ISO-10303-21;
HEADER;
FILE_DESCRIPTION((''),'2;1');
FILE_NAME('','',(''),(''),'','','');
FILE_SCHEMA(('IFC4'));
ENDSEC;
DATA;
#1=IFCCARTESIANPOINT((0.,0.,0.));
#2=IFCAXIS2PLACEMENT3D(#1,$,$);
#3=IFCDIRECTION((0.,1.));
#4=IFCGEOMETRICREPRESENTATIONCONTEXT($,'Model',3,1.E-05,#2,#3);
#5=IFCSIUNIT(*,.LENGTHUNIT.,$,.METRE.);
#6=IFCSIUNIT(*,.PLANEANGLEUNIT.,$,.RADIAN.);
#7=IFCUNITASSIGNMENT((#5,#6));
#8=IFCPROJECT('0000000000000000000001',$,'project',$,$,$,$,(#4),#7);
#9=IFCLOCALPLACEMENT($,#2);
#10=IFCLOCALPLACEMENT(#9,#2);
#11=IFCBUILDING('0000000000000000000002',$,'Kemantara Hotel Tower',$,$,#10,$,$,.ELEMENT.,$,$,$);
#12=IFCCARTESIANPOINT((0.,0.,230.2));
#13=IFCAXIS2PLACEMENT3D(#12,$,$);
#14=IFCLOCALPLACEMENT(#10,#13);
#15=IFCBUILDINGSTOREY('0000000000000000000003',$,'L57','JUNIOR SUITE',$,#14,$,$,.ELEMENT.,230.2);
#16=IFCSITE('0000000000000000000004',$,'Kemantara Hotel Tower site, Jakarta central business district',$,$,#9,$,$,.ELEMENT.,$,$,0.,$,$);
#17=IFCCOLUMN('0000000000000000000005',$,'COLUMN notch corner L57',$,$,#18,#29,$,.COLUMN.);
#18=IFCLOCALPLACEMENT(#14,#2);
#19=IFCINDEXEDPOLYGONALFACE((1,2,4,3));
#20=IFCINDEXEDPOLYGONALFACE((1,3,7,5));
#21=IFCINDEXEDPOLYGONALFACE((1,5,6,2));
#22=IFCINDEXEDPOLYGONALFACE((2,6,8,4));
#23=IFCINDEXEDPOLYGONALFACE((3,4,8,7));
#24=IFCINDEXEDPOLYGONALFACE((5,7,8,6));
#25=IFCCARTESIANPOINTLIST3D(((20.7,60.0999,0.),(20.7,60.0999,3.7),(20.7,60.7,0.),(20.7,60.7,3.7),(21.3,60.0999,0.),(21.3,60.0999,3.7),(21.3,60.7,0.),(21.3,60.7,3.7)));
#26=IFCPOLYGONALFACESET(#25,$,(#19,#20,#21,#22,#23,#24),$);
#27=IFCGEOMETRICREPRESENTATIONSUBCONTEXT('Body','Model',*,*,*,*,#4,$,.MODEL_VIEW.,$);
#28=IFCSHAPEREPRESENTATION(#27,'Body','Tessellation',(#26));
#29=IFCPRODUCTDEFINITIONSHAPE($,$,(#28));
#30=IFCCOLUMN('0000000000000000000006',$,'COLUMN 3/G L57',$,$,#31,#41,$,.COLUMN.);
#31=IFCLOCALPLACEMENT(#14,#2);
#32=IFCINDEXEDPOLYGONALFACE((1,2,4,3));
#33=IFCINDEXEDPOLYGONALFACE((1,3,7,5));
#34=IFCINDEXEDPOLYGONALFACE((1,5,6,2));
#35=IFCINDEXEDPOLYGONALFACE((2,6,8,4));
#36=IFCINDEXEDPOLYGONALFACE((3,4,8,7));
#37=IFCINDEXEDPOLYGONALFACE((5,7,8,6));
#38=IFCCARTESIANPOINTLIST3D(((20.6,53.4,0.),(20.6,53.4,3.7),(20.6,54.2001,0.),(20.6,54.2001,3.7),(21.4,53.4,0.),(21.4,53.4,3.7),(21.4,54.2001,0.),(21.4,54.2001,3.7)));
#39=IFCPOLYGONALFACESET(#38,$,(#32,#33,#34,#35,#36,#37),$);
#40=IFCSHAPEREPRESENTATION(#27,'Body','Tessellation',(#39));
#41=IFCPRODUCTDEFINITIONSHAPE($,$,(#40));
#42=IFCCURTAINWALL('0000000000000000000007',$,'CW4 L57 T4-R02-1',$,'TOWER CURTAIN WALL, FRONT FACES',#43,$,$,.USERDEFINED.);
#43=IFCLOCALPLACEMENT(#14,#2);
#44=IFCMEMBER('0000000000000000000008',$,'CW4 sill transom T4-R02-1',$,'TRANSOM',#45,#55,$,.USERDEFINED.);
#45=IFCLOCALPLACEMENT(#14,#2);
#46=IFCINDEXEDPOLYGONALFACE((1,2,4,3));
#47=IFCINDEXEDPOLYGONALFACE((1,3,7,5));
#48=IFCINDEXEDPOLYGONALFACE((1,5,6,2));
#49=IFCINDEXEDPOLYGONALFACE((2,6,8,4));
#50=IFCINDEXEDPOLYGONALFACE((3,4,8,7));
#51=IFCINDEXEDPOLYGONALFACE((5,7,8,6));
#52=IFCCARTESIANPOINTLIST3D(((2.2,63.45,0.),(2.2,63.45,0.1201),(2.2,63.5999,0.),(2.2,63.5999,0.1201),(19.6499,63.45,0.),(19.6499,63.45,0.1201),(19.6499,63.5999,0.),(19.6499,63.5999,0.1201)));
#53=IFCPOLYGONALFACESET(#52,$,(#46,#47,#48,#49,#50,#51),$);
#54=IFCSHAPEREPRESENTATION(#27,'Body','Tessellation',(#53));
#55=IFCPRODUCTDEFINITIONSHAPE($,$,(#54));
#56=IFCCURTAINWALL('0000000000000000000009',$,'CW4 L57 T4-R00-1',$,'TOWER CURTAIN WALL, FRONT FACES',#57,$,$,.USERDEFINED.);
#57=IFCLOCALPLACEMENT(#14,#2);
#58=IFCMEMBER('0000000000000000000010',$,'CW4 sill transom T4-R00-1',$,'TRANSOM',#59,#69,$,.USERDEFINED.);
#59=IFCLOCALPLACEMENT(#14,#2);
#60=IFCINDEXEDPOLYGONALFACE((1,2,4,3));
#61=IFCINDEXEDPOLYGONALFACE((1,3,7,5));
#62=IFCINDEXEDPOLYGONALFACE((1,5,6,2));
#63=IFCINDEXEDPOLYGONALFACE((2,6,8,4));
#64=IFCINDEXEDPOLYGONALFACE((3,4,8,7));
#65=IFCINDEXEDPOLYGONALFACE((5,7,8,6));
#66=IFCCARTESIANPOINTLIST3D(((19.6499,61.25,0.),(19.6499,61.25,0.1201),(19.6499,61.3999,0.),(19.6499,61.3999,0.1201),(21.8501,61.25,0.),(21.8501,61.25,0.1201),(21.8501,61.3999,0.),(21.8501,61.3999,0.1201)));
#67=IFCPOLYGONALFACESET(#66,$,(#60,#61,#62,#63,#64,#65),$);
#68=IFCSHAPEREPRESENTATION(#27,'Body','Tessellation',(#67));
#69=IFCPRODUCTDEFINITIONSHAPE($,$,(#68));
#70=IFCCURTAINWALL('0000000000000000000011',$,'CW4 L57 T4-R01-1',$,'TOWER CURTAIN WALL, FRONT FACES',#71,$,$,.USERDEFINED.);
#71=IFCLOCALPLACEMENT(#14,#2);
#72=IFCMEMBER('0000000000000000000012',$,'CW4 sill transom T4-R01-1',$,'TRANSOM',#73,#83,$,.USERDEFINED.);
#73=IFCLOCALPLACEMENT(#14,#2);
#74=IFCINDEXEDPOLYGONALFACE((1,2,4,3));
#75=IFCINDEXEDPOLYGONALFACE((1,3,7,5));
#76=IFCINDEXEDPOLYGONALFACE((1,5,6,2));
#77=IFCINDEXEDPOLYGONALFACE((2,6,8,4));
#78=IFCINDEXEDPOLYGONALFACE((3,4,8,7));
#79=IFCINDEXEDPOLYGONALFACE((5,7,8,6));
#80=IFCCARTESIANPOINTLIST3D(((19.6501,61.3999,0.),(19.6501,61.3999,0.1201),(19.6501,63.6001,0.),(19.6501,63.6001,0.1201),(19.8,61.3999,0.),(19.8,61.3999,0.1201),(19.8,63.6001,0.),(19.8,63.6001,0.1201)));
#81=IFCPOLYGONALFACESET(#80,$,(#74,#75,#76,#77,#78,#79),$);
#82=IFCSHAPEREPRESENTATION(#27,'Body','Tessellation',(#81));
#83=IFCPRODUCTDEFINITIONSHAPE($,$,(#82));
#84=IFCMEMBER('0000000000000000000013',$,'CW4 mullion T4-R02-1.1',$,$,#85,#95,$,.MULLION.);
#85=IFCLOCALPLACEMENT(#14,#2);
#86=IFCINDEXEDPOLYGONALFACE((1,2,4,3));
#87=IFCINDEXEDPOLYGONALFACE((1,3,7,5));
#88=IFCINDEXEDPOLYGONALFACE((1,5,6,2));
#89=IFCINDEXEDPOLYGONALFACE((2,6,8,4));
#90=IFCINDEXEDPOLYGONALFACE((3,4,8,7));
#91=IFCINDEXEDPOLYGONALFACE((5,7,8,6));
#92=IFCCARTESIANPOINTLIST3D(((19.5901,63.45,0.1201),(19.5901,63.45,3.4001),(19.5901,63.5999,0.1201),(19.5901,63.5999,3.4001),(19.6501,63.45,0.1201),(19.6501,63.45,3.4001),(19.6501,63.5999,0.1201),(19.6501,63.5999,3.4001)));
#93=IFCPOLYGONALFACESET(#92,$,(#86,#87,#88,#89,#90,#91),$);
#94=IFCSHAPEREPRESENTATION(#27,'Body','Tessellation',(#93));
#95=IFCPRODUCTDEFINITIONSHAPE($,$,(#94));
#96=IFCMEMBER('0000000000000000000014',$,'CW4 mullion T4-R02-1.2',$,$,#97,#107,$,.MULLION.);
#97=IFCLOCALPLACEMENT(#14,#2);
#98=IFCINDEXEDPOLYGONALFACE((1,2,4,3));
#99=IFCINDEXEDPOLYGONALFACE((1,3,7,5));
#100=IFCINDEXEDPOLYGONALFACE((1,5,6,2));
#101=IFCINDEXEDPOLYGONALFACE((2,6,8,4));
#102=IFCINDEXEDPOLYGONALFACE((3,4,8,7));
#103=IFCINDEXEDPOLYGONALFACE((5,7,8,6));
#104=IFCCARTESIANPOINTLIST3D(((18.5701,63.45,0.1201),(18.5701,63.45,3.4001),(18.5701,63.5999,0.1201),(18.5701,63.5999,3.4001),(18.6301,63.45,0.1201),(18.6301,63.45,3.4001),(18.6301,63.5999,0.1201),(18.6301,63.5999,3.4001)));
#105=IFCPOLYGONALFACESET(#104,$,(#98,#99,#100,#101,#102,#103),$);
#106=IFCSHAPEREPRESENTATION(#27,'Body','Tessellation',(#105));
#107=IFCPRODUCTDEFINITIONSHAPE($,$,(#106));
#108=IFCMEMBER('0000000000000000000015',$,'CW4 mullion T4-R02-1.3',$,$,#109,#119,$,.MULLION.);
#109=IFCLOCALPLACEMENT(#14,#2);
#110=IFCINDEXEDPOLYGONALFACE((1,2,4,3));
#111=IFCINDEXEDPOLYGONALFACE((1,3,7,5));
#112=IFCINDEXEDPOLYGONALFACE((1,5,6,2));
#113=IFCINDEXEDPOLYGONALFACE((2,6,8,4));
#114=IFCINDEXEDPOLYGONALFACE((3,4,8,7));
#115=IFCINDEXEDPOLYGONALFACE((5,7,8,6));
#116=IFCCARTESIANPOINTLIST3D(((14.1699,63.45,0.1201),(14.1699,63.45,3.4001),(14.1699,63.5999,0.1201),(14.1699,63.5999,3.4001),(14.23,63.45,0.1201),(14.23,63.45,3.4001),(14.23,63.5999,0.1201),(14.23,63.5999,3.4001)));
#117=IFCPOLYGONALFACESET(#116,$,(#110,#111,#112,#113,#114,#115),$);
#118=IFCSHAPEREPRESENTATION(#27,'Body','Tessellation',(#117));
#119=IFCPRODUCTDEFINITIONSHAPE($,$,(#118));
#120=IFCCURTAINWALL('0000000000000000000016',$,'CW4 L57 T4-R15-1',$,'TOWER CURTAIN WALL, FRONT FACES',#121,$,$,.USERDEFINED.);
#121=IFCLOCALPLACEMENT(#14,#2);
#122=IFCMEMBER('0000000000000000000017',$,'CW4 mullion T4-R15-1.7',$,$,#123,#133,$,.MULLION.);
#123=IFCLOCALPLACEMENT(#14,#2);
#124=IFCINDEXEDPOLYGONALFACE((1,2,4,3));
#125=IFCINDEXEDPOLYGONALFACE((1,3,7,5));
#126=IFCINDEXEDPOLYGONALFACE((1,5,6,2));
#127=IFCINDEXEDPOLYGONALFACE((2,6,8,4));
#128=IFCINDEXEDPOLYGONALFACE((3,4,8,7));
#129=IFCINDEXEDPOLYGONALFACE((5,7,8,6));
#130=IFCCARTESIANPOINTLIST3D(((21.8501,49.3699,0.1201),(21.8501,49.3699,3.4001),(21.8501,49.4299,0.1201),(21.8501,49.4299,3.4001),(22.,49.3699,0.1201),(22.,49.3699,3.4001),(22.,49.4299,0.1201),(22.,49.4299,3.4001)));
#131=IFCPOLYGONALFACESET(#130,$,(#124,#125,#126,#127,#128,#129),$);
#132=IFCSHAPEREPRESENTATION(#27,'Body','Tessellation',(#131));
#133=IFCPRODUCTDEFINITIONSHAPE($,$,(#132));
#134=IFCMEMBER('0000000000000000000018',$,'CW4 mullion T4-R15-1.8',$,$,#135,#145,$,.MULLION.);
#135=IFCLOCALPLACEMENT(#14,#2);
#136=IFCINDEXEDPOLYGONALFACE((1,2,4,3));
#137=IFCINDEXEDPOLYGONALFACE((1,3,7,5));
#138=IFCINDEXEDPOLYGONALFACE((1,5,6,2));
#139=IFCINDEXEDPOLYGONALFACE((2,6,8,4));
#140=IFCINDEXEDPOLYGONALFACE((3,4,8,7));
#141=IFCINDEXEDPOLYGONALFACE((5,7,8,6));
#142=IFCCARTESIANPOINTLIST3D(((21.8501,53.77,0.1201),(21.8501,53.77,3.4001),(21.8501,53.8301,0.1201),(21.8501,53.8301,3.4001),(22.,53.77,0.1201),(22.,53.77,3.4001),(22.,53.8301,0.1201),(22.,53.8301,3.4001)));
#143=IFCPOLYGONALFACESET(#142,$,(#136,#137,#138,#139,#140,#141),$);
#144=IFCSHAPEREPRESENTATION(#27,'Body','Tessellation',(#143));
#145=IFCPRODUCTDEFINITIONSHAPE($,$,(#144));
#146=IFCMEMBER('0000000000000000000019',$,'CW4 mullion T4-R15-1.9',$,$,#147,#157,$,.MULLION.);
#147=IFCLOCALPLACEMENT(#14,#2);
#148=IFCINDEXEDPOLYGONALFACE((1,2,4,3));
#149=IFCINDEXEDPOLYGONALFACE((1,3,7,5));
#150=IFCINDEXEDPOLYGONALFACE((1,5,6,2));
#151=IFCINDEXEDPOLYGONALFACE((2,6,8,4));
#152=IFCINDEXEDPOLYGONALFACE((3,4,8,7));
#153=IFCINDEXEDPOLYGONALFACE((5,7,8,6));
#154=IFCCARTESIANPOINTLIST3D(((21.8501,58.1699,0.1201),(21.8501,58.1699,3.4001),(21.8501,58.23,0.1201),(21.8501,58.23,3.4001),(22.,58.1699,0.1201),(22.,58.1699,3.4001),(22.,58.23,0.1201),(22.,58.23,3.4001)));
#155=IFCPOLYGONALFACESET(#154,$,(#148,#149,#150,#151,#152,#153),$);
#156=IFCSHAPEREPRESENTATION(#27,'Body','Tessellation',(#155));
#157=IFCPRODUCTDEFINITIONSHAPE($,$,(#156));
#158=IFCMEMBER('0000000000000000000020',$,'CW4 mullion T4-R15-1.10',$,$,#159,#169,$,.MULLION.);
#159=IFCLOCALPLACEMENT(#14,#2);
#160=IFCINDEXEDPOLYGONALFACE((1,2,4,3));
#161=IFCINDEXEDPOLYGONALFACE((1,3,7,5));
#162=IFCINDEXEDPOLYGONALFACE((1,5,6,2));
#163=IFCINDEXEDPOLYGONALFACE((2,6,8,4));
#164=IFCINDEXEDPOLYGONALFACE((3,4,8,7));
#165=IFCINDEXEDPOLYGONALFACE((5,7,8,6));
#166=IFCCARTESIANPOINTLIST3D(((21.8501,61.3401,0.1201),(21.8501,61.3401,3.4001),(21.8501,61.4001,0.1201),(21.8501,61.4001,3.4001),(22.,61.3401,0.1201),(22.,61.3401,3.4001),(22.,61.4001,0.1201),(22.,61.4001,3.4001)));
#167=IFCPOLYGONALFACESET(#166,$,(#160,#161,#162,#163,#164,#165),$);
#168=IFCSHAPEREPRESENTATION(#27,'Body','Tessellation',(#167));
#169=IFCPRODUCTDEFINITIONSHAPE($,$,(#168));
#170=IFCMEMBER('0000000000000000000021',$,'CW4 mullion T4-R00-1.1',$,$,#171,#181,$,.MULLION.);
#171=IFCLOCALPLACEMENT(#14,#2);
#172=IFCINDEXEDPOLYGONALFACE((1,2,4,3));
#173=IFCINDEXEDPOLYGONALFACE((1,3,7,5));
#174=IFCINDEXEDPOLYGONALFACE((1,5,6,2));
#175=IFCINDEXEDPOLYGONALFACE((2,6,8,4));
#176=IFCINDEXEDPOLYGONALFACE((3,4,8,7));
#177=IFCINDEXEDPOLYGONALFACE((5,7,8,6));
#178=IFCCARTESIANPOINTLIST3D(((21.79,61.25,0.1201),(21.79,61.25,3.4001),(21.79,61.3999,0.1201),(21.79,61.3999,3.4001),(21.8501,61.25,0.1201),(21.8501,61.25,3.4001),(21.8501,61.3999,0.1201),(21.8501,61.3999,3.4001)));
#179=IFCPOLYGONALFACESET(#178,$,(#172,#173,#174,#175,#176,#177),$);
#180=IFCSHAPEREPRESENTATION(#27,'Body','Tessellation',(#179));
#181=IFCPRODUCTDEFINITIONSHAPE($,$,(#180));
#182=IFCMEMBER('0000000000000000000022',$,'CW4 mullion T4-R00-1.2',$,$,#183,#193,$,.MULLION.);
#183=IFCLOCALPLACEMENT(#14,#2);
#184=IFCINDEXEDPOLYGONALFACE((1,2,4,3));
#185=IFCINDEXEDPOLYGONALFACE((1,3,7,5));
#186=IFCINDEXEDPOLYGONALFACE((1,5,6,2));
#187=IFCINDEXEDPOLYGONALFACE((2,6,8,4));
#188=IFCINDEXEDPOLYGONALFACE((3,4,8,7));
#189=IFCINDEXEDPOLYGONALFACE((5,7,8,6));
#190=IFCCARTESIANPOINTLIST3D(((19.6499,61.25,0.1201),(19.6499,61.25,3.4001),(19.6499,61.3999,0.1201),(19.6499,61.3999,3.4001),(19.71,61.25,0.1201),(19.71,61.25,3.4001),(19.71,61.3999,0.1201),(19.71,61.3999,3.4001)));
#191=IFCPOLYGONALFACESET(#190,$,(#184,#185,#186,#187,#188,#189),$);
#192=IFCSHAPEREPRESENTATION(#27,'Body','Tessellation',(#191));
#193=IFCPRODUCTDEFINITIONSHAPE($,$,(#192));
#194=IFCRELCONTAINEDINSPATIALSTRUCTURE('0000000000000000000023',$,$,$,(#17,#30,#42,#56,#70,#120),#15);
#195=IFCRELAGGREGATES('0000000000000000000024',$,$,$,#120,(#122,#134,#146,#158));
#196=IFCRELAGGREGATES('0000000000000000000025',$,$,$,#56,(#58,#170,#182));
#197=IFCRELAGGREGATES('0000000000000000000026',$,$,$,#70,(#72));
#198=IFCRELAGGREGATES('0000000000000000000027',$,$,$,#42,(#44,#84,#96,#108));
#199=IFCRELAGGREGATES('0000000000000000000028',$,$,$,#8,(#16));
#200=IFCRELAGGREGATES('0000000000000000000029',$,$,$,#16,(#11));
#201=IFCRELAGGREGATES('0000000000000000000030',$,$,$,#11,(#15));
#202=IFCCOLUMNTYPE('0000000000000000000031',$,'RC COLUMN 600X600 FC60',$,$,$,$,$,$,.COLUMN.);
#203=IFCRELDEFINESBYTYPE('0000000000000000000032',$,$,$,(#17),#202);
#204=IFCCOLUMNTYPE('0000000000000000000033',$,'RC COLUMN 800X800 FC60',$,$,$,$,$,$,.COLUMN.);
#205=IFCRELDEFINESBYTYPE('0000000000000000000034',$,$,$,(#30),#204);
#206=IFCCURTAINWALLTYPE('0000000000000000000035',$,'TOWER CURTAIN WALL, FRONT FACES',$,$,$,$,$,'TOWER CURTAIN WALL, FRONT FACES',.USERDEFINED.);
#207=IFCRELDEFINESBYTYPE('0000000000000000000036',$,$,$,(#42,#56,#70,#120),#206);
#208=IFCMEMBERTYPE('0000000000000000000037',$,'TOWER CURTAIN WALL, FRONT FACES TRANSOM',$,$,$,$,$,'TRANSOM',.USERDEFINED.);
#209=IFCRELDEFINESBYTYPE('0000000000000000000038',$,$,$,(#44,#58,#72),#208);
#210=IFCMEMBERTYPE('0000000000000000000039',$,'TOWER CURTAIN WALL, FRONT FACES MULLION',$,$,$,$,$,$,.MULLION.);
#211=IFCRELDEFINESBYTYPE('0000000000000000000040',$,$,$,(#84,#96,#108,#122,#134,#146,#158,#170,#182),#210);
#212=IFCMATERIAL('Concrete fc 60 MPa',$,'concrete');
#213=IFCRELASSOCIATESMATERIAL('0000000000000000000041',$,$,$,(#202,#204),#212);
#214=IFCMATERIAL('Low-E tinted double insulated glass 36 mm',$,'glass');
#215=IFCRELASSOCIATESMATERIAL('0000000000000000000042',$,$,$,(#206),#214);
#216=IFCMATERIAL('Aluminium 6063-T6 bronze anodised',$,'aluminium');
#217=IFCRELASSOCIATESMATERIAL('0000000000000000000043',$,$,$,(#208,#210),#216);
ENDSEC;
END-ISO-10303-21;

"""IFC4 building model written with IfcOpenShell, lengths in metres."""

from ifc_helpers import new_model, si_unit, direction, frame, origin, origin_2d, place, context, subcontext, project, spatial, rectangle, extrude, source, transform, mapped, material, material_profile, profile_set, type_object, element, aggregate, save


model = new_model("IFC4")

# Units and contexts
model_context = context("Model", 3, precision=1e-05, world=origin(), true_north=direction((0.0, 1.0)))
body_context = subcontext(model_context, "Body", "Model", "MODEL_VIEW")
ifc_project = project(units=[si_unit("LENGTHUNIT", "METRE"), si_unit("PLANEANGLEUNIT", "RADIAN")], contexts=[model_context])

# Site, building, storey
site_placement = place(None, origin())
site = spatial("IfcSite", under=ifc_project, at=site_placement, Name="Kemantara Hotel Tower site, Jakarta central business district", CompositionType="ELEMENT", RefElevation=0.0)
building_placement = place(site_placement, origin())
building = spatial("IfcBuilding", under=site, at=building_placement, Name="Kemantara Hotel Tower", CompositionType="ELEMENT")
storey_placement = place(building_placement, frame((0.0, 0.0, 230.2)))
storey = spatial("IfcBuildingStorey", under=building, at=storey_placement, Name="L57", Description="JUNIOR SUITE", CompositionType="ELEMENT", Elevation=230.2)

# Columns
ifc_material_1 = material(Name="Concrete fc 60 MPa", Category="concrete")
ifc_material_profile_1 = material_profile(ifc_material_1, rectangle(XDim=0.6001, YDim=0.6001, at=origin_2d()), Name="RC 600X600")
ifc_profile_set_1 = profile_set([ifc_material_profile_1], Name="Concrete fc 60 MPa")
column_type_1 = type_object("IfcColumnType", Name="RC COLUMN 600X600 FC60", PredefinedType="COLUMN", material=ifc_profile_set_1)
column_1_placement = place(storey_placement, frame((21.0, 60.3999, 0.0), z_axis=(0.0, 0.0, 1.0), x_axis=(1.0, 0.0, 0.0)))
element("IfcColumn", 1, at=column_1_placement, inside=storey, type_object=column_type_1, Name="COLUMN notch corner L57", PredefinedType="COLUMN", context=body_context, shape_type="SweptSolid", body=[
    extrude(rectangle(XDim=0.6001, YDim=0.6001, at=origin_2d()), origin(), (0.0, 0.0, 1.0), 3.7),
])
ifc_material_profile_2 = material_profile(ifc_material_1, rectangle(XDim=0.8, YDim=0.8, at=origin_2d()), Name="RC 800X800")
ifc_profile_set_2 = profile_set([ifc_material_profile_2], Name="Concrete fc 60 MPa")
column_type_2 = type_object("IfcColumnType", Name="RC COLUMN 800X800 FC60", PredefinedType="COLUMN", material=ifc_profile_set_2)
column_2_placement = place(storey_placement, frame((21.0, 53.8, 0.0), z_axis=(0.0, 0.0, 1.0), x_axis=(1.0, 0.0, 0.0)))
element("IfcColumn", 2, at=column_2_placement, inside=storey, type_object=column_type_2, Name="COLUMN 3/G L57", PredefinedType="COLUMN", context=body_context, shape_type="SweptSolid", body=[
    extrude(rectangle(XDim=0.8, YDim=0.8, at=origin_2d()), origin(), (0.0, 0.0, 1.0), 3.7),
])

# Curtain walls, members
ifc_material_2 = material(Name="Low-E tinted double insulated glass 36 mm", Category="glass")
curtain_wall_type = type_object("IfcCurtainWallType", Name="TOWER CURTAIN WALL, FRONT FACES", ElementType="TOWER CURTAIN WALL, FRONT FACES", PredefinedType="USERDEFINED", material=ifc_material_2)
curtain_wall_1_placement = place(storey_placement, origin())
curtain_wall_1 = element("IfcCurtainWall", 3, at=curtain_wall_1_placement, inside=storey, type_object=curtain_wall_type, Name="CW4 L57 T4-R02-1", ObjectType="TOWER CURTAIN WALL, FRONT FACES", PredefinedType="USERDEFINED")
ifc_material_3 = material(Name="Aluminium 6063-T6 bronze anodised", Category="aluminium")
ifc_material_profile_3 = material_profile(ifc_material_3, rectangle(XDim=0.1499, YDim=0.1201, at=origin_2d()), Name="TOWER CURTAIN WALL, FRONT FACES TRANSOM")
ifc_profile_set_3 = profile_set([ifc_material_profile_3], Name="Aluminium 6063-T6 bronze anodised")
member_type_1 = type_object("IfcMemberType", Name="TOWER CURTAIN WALL, FRONT FACES TRANSOM", ElementType="TRANSOM", PredefinedType="USERDEFINED", material=ifc_profile_set_3)
member_1_placement = place(storey_placement, frame((19.6499, 63.5249, 0.0601), z_axis=(-1.0, 0.0, 0.0), x_axis=(0.0, -1.0, 0.0)))
member_1 = element("IfcMember", 4, at=member_1_placement, type_object=member_type_1, Name="CW4 sill transom T4-R02-1", ObjectType="TRANSOM", PredefinedType="USERDEFINED", context=body_context, shape_type="SweptSolid", body=[
    extrude(rectangle(XDim=0.1499, YDim=0.1201, at=origin_2d()), origin(), (0.0, 0.0, 1.0), 17.45),
])
curtain_wall_2_placement = place(storey_placement, origin())
curtain_wall_2 = element("IfcCurtainWall", 5, at=curtain_wall_2_placement, inside=storey, type_object=curtain_wall_type, Name="CW4 L57 T4-R00-1", ObjectType="TOWER CURTAIN WALL, FRONT FACES", PredefinedType="USERDEFINED")
member_2_placement = place(storey_placement, frame((21.8501, 61.325, 0.0601), z_axis=(-1.0, 0.0, 0.0), x_axis=(0.0, -1.0, 0.0)))
member_2 = element("IfcMember", 6, at=member_2_placement, type_object=member_type_1, Name="CW4 sill transom T4-R00-1", ObjectType="TRANSOM", PredefinedType="USERDEFINED", context=body_context, shape_type="SweptSolid", body=[
    extrude(rectangle(XDim=0.1499, YDim=0.1201, at=origin_2d()), origin(), (0.0, 0.0, 1.0), 2.2002),
])
curtain_wall_3_placement = place(storey_placement, origin())
curtain_wall_3 = element("IfcCurtainWall", 7, at=curtain_wall_3_placement, inside=storey, type_object=curtain_wall_type, Name="CW4 L57 T4-R01-1", ObjectType="TOWER CURTAIN WALL, FRONT FACES", PredefinedType="USERDEFINED")
member_3_placement = place(storey_placement, frame((19.7251, 61.3999, 0.0601), z_axis=(0.0, 1.0, 0.0), x_axis=(-1.0, 0.0, 0.0)))
member_3 = element("IfcMember", 8, at=member_3_placement, type_object=member_type_1, Name="CW4 sill transom T4-R01-1", ObjectType="TRANSOM", PredefinedType="USERDEFINED", context=body_context, shape_type="SweptSolid", body=[
    extrude(rectangle(XDim=0.1499, YDim=0.1201, at=origin_2d()), origin(), (0.0, 0.0, 1.0), 2.2002),
])

# Members
ifc_material_profile_4 = material_profile(ifc_material_3, rectangle(XDim=0.1499, YDim=0.0601, at=origin_2d()), Name="TOWER CURTAIN WALL, FRONT FACES MULLION")
ifc_profile_set_4 = profile_set([ifc_material_profile_4], Name="Aluminium 6063-T6 bronze anodised")
member_type_2 = type_object("IfcMemberType", Name="TOWER CURTAIN WALL, FRONT FACES MULLION", PredefinedType="MULLION", material=ifc_profile_set_4)
shared_shape_1 = source(origin(), body_context, "Body", "SweptSolid", [
    extrude(rectangle(XDim=0.1499, YDim=0.0601, at=origin_2d()), origin(), (0.0, 0.0, 1.0), 3.28),
])
member_4_placement = place(storey_placement, frame((19.6201, 63.5249, 0.1201), z_axis=(0.0, 0.0, 1.0), x_axis=(0.0, -1.0, 0.0)))
member_4 = element("IfcMember", 9, at=member_4_placement, type_object=member_type_2, Name="CW4 mullion T4-R02-1.1", PredefinedType="MULLION", context=body_context, shape_type="MappedRepresentation", body=[
    mapped(shared_shape_1, transform((0.0, 0.0, 0.0))),
])
member_5_placement = place(storey_placement, frame((18.6001, 63.5249, 0.1201), z_axis=(0.0, 0.0, 1.0), x_axis=(0.0, -1.0, 0.0)))
member_5 = element("IfcMember", 10, at=member_5_placement, type_object=member_type_2, Name="CW4 mullion T4-R02-1.2", PredefinedType="MULLION", context=body_context, shape_type="MappedRepresentation", body=[
    mapped(shared_shape_1, transform((0.0, 0.0, 0.0))),
])
member_6_placement = place(storey_placement, frame((14.2, 63.5249, 0.1201), z_axis=(0.0, 0.0, 1.0), x_axis=(0.0, -1.0, 0.0)))
member_6 = element("IfcMember", 11, at=member_6_placement, type_object=member_type_2, Name="CW4 mullion T4-R02-1.3", PredefinedType="MULLION", context=body_context, shape_type="MappedRepresentation", body=[
    mapped(shared_shape_1, transform((0.0, 0.0, 0.0))),
])

# Curtain wall, members
curtain_wall_4_placement = place(storey_placement, origin())
curtain_wall_4 = element("IfcCurtainWall", 12, at=curtain_wall_4_placement, inside=storey, type_object=curtain_wall_type, Name="CW4 L57 T4-R15-1", ObjectType="TOWER CURTAIN WALL, FRONT FACES", PredefinedType="USERDEFINED")
member_7_placement = place(storey_placement, frame((21.925, 49.3999, 0.1201), z_axis=(0.0, 0.0, 1.0), x_axis=(-1.0, 0.0, 0.0)))
member_7 = element("IfcMember", 13, at=member_7_placement, type_object=member_type_2, Name="CW4 mullion T4-R15-1.7", PredefinedType="MULLION", context=body_context, shape_type="MappedRepresentation", body=[
    mapped(shared_shape_1, transform((0.0, 0.0, 0.0))),
])
member_8_placement = place(storey_placement, frame((21.925, 53.8, 0.1201), z_axis=(0.0, 0.0, 1.0), x_axis=(-1.0, 0.0, 0.0)))
member_8 = element("IfcMember", 14, at=member_8_placement, type_object=member_type_2, Name="CW4 mullion T4-R15-1.8", PredefinedType="MULLION", context=body_context, shape_type="MappedRepresentation", body=[
    mapped(shared_shape_1, transform((0.0, 0.0, 0.0))),
])
member_9_placement = place(storey_placement, frame((21.925, 58.2, 0.1201), z_axis=(0.0, 0.0, 1.0), x_axis=(-1.0, 0.0, 0.0)))
member_9 = element("IfcMember", 15, at=member_9_placement, type_object=member_type_2, Name="CW4 mullion T4-R15-1.9", PredefinedType="MULLION", context=body_context, shape_type="MappedRepresentation", body=[
    mapped(shared_shape_1, transform((0.0, 0.0, 0.0))),
])
member_10_placement = place(storey_placement, frame((21.925, 61.3701, 0.1201), z_axis=(0.0, 0.0, 1.0), x_axis=(-1.0, 0.0, 0.0)))
member_10 = element("IfcMember", 16, at=member_10_placement, type_object=member_type_2, Name="CW4 mullion T4-R15-1.10", PredefinedType="MULLION", context=body_context, shape_type="MappedRepresentation", body=[
    mapped(shared_shape_1, transform((0.0, 0.0, 0.0))),
])

# Members
member_11_placement = place(storey_placement, frame((21.8201, 61.325, 0.1201), z_axis=(0.0, 0.0, 1.0), x_axis=(0.0, -1.0, 0.0)))
member_11 = element("IfcMember", 17, at=member_11_placement, type_object=member_type_2, Name="CW4 mullion T4-R00-1.1", PredefinedType="MULLION", context=body_context, shape_type="MappedRepresentation", body=[
    mapped(shared_shape_1, transform((0.0, 0.0, 0.0))),
])
member_12_placement = place(storey_placement, frame((19.6799, 61.325, 0.1201), z_axis=(0.0, 0.0, 1.0), x_axis=(0.0, -1.0, 0.0)))
member_12 = element("IfcMember", 18, at=member_12_placement, type_object=member_type_2, Name="CW4 mullion T4-R00-1.2", PredefinedType="MULLION", context=body_context, shape_type="MappedRepresentation", body=[
    mapped(shared_shape_1, transform((0.0, 0.0, 0.0))),
])

aggregate(curtain_wall_4, [member_7, member_8, member_9, member_10])
aggregate(curtain_wall_2, [member_2, member_11, member_12])
aggregate(curtain_wall_3, [member_3])
aggregate(curtain_wall_1, [member_1, member_4, member_5, member_6])

save(model, "model.ifc")
